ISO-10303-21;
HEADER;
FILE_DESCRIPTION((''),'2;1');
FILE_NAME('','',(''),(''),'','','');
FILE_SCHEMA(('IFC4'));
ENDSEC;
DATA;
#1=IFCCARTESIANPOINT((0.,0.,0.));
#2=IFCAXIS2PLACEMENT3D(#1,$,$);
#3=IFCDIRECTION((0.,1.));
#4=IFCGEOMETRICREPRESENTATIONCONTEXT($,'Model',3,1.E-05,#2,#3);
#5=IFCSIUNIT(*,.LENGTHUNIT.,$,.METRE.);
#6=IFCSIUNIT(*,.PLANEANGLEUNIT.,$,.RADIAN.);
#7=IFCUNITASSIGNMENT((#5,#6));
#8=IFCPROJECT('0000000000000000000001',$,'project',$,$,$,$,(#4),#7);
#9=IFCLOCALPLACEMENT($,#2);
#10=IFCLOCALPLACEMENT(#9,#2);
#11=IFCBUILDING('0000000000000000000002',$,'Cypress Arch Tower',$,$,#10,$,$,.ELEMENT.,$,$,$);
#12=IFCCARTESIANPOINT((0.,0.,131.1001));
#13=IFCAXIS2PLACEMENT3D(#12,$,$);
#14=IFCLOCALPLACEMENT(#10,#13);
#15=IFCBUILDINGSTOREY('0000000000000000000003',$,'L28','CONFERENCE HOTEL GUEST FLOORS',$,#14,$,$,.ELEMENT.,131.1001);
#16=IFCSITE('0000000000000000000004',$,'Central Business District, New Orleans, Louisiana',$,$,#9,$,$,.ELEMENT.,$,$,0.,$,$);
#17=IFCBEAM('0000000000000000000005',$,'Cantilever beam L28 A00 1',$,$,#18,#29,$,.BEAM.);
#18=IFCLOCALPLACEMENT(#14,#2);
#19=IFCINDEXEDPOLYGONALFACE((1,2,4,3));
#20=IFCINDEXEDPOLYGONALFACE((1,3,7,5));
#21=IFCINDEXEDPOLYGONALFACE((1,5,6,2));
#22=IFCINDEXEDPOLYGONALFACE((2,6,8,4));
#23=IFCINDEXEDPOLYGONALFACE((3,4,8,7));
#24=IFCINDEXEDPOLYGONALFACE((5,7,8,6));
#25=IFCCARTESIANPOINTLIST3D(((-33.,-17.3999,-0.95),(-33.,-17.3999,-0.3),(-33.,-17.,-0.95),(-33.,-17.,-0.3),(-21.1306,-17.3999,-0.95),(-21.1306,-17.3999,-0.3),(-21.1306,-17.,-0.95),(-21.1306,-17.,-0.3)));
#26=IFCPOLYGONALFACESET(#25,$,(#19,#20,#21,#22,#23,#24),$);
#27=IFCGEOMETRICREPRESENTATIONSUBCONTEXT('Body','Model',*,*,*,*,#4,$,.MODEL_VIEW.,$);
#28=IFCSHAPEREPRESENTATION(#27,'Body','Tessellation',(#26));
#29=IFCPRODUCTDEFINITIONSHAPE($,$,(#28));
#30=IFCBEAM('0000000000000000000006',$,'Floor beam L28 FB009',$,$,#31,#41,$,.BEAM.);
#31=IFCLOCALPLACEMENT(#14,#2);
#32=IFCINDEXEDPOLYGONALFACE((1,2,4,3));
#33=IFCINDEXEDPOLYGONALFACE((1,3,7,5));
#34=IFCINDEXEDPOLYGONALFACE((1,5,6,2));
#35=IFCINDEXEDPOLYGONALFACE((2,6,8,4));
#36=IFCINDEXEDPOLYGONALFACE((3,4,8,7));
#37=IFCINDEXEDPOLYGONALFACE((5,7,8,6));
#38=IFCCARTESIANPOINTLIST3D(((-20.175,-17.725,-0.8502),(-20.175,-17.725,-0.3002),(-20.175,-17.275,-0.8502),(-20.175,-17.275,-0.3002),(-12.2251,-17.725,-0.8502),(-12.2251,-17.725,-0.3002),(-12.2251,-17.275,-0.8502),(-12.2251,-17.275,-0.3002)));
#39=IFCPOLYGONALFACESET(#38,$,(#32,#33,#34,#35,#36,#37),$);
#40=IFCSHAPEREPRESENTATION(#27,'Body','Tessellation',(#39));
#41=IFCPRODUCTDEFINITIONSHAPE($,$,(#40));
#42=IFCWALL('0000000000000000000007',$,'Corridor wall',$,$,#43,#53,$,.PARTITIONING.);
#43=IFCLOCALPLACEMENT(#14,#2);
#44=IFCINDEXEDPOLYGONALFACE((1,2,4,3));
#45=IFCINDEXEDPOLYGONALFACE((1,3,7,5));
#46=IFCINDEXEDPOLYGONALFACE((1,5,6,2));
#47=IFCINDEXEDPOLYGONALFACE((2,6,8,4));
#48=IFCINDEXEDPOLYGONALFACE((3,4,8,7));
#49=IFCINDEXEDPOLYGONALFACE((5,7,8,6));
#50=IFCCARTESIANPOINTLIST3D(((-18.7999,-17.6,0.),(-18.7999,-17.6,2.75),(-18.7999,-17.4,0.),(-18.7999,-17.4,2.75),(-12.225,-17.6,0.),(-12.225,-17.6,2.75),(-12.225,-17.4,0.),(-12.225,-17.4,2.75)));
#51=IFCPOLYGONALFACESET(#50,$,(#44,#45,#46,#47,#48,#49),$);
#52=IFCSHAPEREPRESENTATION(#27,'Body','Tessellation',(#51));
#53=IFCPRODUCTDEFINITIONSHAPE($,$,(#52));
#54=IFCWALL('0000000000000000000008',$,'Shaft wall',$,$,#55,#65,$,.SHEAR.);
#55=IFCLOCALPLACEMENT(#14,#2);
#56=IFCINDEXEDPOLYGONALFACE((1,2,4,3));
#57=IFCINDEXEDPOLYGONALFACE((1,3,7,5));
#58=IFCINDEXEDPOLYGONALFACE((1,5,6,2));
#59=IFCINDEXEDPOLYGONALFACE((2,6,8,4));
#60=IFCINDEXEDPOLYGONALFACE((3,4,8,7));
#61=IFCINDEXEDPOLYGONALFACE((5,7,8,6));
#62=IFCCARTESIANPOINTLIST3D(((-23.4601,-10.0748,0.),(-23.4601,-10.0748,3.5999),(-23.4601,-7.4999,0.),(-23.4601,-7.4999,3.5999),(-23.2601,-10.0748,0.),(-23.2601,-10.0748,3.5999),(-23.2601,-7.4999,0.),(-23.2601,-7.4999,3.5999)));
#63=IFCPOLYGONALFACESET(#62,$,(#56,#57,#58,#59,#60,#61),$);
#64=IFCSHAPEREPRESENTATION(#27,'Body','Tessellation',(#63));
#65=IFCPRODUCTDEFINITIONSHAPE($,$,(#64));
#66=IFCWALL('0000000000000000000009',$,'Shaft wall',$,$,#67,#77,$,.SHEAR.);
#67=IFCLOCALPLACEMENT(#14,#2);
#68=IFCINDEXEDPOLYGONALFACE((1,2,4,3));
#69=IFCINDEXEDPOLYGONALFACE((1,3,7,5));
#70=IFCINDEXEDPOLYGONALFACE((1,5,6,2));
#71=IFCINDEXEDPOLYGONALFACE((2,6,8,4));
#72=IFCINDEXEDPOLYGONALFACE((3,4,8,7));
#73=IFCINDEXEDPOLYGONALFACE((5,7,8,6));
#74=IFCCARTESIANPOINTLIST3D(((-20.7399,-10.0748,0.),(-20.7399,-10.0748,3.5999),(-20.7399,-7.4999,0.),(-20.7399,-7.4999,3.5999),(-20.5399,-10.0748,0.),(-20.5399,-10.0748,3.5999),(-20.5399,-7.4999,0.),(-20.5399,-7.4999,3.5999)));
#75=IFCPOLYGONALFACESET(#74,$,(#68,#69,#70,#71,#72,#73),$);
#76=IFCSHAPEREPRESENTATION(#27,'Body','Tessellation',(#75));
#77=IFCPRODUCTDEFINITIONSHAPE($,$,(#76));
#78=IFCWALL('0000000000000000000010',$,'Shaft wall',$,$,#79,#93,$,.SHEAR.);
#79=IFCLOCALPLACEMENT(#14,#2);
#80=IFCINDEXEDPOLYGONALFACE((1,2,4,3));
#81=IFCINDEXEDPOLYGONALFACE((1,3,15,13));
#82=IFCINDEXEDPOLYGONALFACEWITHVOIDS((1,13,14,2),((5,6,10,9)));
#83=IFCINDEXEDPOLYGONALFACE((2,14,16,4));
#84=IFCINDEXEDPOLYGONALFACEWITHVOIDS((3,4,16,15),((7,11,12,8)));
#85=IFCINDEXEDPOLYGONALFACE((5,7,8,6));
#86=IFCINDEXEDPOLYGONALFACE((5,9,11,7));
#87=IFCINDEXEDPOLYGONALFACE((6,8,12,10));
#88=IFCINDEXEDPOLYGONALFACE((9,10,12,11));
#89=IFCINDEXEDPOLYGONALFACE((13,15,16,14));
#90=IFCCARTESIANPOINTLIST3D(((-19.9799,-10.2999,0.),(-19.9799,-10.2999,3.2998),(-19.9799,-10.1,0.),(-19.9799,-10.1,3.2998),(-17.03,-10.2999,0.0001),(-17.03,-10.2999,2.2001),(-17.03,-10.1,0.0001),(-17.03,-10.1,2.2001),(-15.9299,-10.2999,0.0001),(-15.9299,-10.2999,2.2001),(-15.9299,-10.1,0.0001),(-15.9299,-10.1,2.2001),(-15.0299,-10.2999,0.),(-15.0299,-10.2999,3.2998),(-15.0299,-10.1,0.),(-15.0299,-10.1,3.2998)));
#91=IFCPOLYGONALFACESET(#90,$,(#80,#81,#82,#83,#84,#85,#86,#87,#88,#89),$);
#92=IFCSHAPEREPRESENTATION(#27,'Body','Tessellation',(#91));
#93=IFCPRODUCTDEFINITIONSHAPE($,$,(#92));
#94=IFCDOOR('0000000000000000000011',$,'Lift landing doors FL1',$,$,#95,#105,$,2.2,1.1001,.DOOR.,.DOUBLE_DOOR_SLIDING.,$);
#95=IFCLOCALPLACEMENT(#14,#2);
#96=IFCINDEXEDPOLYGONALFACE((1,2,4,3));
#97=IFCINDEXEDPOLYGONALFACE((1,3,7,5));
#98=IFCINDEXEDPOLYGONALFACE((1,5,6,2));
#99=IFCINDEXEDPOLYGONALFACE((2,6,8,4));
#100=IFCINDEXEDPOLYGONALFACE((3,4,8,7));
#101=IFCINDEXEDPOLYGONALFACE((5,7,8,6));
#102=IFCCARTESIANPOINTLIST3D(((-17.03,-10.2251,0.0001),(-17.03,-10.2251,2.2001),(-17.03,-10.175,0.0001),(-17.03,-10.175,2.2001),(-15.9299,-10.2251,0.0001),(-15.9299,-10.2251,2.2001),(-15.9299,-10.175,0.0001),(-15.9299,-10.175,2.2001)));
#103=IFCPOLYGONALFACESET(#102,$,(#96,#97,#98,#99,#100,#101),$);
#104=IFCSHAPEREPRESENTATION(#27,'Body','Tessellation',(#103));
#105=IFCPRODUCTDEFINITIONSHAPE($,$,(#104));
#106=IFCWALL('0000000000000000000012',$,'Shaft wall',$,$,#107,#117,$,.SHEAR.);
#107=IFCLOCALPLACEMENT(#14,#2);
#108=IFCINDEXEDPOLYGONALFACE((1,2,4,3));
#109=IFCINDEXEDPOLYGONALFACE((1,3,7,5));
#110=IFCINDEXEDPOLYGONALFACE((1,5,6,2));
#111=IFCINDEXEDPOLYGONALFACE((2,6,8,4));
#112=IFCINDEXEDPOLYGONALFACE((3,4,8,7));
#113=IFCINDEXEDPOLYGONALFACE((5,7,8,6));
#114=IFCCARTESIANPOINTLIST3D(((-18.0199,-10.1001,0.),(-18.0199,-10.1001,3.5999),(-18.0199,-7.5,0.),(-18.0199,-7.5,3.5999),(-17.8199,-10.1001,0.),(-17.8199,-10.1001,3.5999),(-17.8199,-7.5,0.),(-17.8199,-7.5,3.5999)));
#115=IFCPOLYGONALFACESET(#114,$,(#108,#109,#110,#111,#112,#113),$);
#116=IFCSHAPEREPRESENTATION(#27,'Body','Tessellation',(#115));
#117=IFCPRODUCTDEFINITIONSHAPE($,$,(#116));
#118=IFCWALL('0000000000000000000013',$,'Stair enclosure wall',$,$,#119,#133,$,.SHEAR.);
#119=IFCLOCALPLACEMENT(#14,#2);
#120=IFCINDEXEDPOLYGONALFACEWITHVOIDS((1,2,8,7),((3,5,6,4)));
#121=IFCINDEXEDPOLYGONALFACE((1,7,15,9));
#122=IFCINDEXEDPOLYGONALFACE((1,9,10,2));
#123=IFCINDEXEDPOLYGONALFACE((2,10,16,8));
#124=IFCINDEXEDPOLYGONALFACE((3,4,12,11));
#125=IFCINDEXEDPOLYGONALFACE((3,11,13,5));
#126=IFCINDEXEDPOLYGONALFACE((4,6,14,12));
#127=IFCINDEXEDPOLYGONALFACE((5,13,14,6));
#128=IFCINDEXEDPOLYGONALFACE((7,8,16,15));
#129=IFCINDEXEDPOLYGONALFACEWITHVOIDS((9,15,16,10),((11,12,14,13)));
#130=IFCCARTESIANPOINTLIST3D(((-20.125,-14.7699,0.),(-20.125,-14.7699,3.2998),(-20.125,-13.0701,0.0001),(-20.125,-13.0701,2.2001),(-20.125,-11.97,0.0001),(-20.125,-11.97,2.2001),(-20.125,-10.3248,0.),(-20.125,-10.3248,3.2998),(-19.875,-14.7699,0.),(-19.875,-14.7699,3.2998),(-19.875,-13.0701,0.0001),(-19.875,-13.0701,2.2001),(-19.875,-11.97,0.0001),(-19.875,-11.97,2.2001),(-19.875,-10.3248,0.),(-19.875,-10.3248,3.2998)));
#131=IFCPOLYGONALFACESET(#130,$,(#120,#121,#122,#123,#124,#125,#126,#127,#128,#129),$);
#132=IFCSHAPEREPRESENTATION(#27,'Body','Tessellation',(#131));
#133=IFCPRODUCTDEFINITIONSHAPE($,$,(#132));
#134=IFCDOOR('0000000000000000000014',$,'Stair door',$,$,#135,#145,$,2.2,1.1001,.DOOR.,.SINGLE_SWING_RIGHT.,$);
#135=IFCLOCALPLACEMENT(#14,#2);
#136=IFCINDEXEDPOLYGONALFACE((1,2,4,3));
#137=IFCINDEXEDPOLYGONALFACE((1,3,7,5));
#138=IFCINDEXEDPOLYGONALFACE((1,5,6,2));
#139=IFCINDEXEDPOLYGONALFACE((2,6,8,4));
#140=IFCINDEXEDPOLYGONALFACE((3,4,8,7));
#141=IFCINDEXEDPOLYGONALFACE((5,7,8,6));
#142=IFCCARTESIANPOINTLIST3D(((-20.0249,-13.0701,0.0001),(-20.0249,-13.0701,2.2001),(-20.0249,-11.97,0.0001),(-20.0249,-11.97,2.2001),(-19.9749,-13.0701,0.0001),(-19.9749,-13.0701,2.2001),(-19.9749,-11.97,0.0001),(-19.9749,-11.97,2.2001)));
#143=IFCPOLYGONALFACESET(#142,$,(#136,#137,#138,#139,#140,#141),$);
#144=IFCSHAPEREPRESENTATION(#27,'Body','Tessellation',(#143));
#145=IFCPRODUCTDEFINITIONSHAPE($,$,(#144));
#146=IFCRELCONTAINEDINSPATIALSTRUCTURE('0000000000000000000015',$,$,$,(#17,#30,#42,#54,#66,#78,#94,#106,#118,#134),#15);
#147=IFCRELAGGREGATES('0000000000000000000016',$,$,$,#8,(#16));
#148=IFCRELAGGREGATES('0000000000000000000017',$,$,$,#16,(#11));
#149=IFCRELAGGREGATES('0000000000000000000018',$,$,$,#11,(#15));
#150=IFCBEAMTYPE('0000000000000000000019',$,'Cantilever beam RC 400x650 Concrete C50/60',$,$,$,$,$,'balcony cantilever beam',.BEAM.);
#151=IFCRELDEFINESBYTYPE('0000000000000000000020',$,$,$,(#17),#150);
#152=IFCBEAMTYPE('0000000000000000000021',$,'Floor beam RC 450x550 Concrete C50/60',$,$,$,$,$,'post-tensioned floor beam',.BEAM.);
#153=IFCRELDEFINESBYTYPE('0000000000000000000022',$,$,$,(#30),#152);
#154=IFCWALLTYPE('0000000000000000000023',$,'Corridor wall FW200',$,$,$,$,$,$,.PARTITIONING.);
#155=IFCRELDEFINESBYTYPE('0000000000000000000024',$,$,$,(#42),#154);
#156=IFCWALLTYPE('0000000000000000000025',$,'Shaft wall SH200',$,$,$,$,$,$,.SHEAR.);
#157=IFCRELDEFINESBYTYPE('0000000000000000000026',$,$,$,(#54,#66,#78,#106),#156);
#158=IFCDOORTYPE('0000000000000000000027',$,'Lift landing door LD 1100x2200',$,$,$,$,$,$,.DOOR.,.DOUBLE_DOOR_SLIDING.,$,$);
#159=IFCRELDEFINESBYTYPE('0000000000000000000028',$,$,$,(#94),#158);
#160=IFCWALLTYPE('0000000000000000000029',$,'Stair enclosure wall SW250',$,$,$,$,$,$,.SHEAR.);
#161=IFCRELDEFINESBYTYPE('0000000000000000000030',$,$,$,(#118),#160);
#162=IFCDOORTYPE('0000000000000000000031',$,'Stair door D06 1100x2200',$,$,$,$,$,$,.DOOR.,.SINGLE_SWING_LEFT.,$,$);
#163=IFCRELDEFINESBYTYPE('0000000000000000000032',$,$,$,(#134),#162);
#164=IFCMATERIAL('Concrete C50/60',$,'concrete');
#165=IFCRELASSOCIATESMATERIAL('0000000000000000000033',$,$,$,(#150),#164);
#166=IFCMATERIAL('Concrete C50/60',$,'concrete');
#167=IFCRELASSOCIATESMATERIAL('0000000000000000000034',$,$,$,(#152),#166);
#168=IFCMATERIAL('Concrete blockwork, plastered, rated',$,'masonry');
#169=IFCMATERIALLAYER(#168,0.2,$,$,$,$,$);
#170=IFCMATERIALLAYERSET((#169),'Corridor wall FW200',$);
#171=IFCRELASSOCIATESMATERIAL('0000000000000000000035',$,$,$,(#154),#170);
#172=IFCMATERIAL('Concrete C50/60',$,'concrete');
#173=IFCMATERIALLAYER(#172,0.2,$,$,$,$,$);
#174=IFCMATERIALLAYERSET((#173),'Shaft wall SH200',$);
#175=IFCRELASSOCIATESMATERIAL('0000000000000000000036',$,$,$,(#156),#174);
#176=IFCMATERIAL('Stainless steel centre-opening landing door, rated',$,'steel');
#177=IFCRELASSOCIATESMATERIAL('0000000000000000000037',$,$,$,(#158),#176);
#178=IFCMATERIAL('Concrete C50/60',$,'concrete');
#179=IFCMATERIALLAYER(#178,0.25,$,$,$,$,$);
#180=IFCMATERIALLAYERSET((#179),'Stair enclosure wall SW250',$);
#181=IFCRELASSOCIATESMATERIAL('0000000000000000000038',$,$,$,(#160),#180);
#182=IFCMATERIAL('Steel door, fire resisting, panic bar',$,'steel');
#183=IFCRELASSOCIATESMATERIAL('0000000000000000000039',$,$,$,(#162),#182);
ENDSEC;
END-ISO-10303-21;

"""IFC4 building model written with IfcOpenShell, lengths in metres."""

from ifc_helpers import new_model, si_unit, direction, frame, frame_2d, origin, origin_2d, place, context, subcontext, project, spatial, rectangle, extrude, material, layer, layer_set, material_profile, profile_set, type_object, element, fill, save


model = new_model("IFC4")

# Units and contexts
model_context = context("Model", 3, precision=1e-05, world=origin(), true_north=direction((0.0, 1.0)))
body_context = subcontext(model_context, "Body", "Model", "MODEL_VIEW")
ifc_project = project(units=[si_unit("LENGTHUNIT", "METRE"), si_unit("PLANEANGLEUNIT", "RADIAN")], contexts=[model_context])

# Site, building, storey
site_placement = place(None, origin())
site = spatial("IfcSite", under=ifc_project, at=site_placement, Name="Central Business District, New Orleans, Louisiana", CompositionType="ELEMENT", RefElevation=0.0)
building_placement = place(site_placement, origin())
building = spatial("IfcBuilding", under=site, at=building_placement, Name="Cypress Arch Tower", CompositionType="ELEMENT")
storey_placement = place(building_placement, frame((0.0, 0.0, 131.1001)))
storey = spatial("IfcBuildingStorey", under=building, at=storey_placement, Name="L28", Description="CONFERENCE HOTEL GUEST FLOORS", CompositionType="ELEMENT", Elevation=131.1001)

# Beams
ifc_material_1 = material(Name="Concrete C50/60", Category="concrete")
ifc_material_profile_1 = material_profile(ifc_material_1, rectangle(XDim=0.3999, YDim=0.6499, at=origin_2d()), Name="RC 400x650")
ifc_profile_set_1 = profile_set([ifc_material_profile_1], Name="Concrete C50/60")
beam_type_1 = type_object("IfcBeamType", Name="Cantilever beam RC 400x650 Concrete C50/60", ElementType="balcony cantilever beam", PredefinedType="BEAM", material=ifc_profile_set_1)
beam_1_placement = place(storey_placement, frame((-21.1306, -17.2, -0.625), z_axis=(-1.0, 0.0, 0.0), x_axis=(0.0, -1.0, 0.0)))
element("IfcBeam", 1, at=beam_1_placement, inside=storey, type_object=beam_type_1, Name="Cantilever beam L28 A00 1", PredefinedType="BEAM", context=body_context, shape_type="SweptSolid", body=[
    extrude(rectangle(XDim=0.3999, YDim=0.6499, at=origin_2d()), origin(), (0.0, 0.0, 1.0), 11.8694),
])
ifc_material_2 = material(Name="Concrete C50/60", Category="concrete")
ifc_material_profile_2 = material_profile(ifc_material_2, rectangle(XDim=0.45, YDim=0.55, at=origin_2d()), Name="RC 450x550")
ifc_profile_set_2 = profile_set([ifc_material_profile_2], Name="Concrete C50/60")
beam_type_2 = type_object("IfcBeamType", Name="Floor beam RC 450x550 Concrete C50/60", ElementType="post-tensioned floor beam", PredefinedType="BEAM", material=ifc_profile_set_2)
beam_2_placement = place(storey_placement, frame((-20.175, -17.5, -0.5752), z_axis=(1.0, 0.0, 0.0), x_axis=(0.0, 1.0, 0.0)))
element("IfcBeam", 2, at=beam_2_placement, inside=storey, type_object=beam_type_2, Name="Floor beam L28 FB009", PredefinedType="BEAM", context=body_context, shape_type="SweptSolid", body=[
    extrude(rectangle(XDim=0.45, YDim=0.55, at=origin_2d()), origin(), (0.0, 0.0, 1.0), 7.95),
])

# Walls
ifc_material_3 = material(Name="Concrete blockwork, plastered, rated", Category="masonry")
ifc_layer_1 = layer(ifc_material_3, 0.2)
ifc_layer_set_1 = layer_set([ifc_layer_1], Name="Corridor wall FW200")
wall_type_1 = type_object("IfcWallType", Name="Corridor wall FW200", PredefinedType="PARTITIONING", material=ifc_layer_set_1)
wall_1_placement = place(storey_placement, frame((-18.8, -17.5, 0.0), z_axis=(0.0, 0.0, 1.0), x_axis=(1.0, 0.0, 0.0)))
element("IfcWall", 3, at=wall_1_placement, inside=storey, type_object=wall_type_1, Name="Corridor wall", PredefinedType="PARTITIONING", context=body_context, shape_type="SweptSolid", body=[
    extrude(rectangle(XDim=6.575, YDim=0.2, at=frame_2d((3.2876, 0.0))), origin(), (0.0, 0.0, 1.0), 2.75),
])
ifc_material_4 = material(Name="Concrete C50/60", Category="concrete")
ifc_layer_2 = layer(ifc_material_4, 0.2)
ifc_layer_set_2 = layer_set([ifc_layer_2], Name="Shaft wall SH200")
wall_type_2 = type_object("IfcWallType", Name="Shaft wall SH200", PredefinedType="SHEAR", material=ifc_layer_set_2)
for number, where, z_axis, x_axis, name in (
    (4, (-23.3601, -10.075, 0.0), (0.0, 0.0, 1.0), (0.0, 1.0, 0.0), "Shaft wall"),
    (5, (-20.6399, -10.075, 0.0), (0.0, 0.0, 1.0), (0.0, 1.0, 0.0), "Shaft wall"),
):
    element("IfcWall", number, at=place(storey_placement, frame(where, z_axis=z_axis, x_axis=x_axis)), inside=storey, type_object=wall_type_2, Name=name, PredefinedType="SHEAR", context=body_context, shape_type="SweptSolid", body=[
        extrude(rectangle(XDim=2.575, YDim=0.2, at=frame_2d((1.2876, 0.0))), origin(), (0.0, 0.0, 1.0), 3.5999),
    ])

# Wall, opening, door
wall_2_placement = place(storey_placement, frame((-19.98, -10.2, 0.0), z_axis=(0.0, 0.0, 1.0), x_axis=(1.0, 0.0, 0.0)))
wall_2 = element("IfcWall", 6, at=wall_2_placement, inside=storey, type_object=wall_type_2, Name="Shaft wall", PredefinedType="SHEAR", context=body_context, shape_type="SweptSolid", body=[
    extrude(rectangle(XDim=4.95, YDim=0.2, at=frame_2d((2.4751, 0.0))), origin(), (0.0, 0.0, 1.0), 3.2998),
])
opening_1_placement = place(wall_2_placement, frame((2.95, 0.0, 0.0)))
opening_1 = element("IfcOpeningElement", 7, at=opening_1_placement, cuts=wall_2, PredefinedType="OPENING", context=body_context, shape_type="SweptSolid", body=[
    extrude(rectangle(XDim=1.1001, YDim=2.2, at=frame_2d((0.55, 1.1001))), frame((0.0, 0.1099, 0.0), z_axis=(0.0, -1.0, 0.0), x_axis=(1.0, 0.0, 0.0)), (0.0, 0.0, 1.0), 0.22),
])
ifc_material_5 = material(Name="Stainless steel centre-opening landing door, rated", Category="steel")
door_type_1 = type_object("IfcDoorType", Name="Lift landing door LD 1100x2200", OperationType="DOUBLE_DOOR_SLIDING", PredefinedType="DOOR", material=ifc_material_5)
door_1_placement = place(opening_1_placement, origin())
door_1 = element("IfcDoor", 8, at=door_1_placement, inside=storey, type_object=door_type_1, Name="Lift landing doors FL1", OperationType="DOUBLE_DOOR_SLIDING", OverallHeight=2.2, OverallWidth=1.1001, PredefinedType="DOOR", context=body_context, shape_type="SweptSolid", body=[
    extrude(rectangle(XDim=1.1001, YDim=2.2, at=frame_2d((0.55, 1.1001))), frame((0.0, 0.0249, 0.0), z_axis=(0.0, -1.0, 0.0), x_axis=(1.0, 0.0, 0.0)), (0.0, 0.0, 1.0), 0.05),
])
fill(opening_1, door_1)

# Wall
wall_3_placement = place(storey_placement, frame((-17.9199, -10.1001, 0.0), z_axis=(0.0, 0.0, 1.0), x_axis=(0.0, 1.0, 0.0)))
element("IfcWall", 9, at=wall_3_placement, inside=storey, type_object=wall_type_2, Name="Shaft wall", PredefinedType="SHEAR", context=body_context, shape_type="SweptSolid", body=[
    extrude(rectangle(XDim=2.6001, YDim=0.2, at=frame_2d((1.3, 0.0))), origin(), (0.0, 0.0, 1.0), 3.5999),
])

# Wall, opening, door
ifc_material_6 = material(Name="Concrete C50/60", Category="concrete")
ifc_layer_3 = layer(ifc_material_6, 0.25)
ifc_layer_set_3 = layer_set([ifc_layer_3], Name="Stair enclosure wall SW250")
wall_type_3 = type_object("IfcWallType", Name="Stair enclosure wall SW250", PredefinedType="SHEAR", material=ifc_layer_set_3)
wall_4_placement = place(storey_placement, frame((-20.0, -14.77, 0.0), z_axis=(0.0, 0.0, 1.0), x_axis=(0.0, 1.0, 0.0)))
wall_4 = element("IfcWall", 10, at=wall_4_placement, inside=storey, type_object=wall_type_3, Name="Stair enclosure wall", PredefinedType="SHEAR", context=body_context, shape_type="SweptSolid", body=[
    extrude(rectangle(XDim=4.4451, YDim=0.25, at=frame_2d((2.2227, 0.0))), origin(), (0.0, 0.0, 1.0), 3.2998),
])
opening_2_placement = place(wall_4_placement, frame((1.7, 0.0, 0.0)))
opening_2 = element("IfcOpeningElement", 11, at=opening_2_placement, cuts=wall_4, PredefinedType="OPENING", context=body_context, shape_type="SweptSolid", body=[
    extrude(rectangle(XDim=1.1001, YDim=2.2, at=frame_2d((0.55, 1.1001))), frame((0.0, 0.135, 0.0), z_axis=(0.0, -1.0, 0.0), x_axis=(1.0, 0.0, 0.0)), (0.0, 0.0, 1.0), 0.27),
])
ifc_material_7 = material(Name="Steel door, fire resisting, panic bar", Category="steel")
door_type_2 = type_object("IfcDoorType", Name="Stair door D06 1100x2200", OperationType="SINGLE_SWING_LEFT", PredefinedType="DOOR", material=ifc_material_7)
door_2_placement = place(opening_2_placement, origin())
door_2 = element("IfcDoor", 12, at=door_2_placement, inside=storey, type_object=door_type_2, Name="Stair door", OperationType="SINGLE_SWING_RIGHT", OverallHeight=2.2, OverallWidth=1.1001, PredefinedType="DOOR", context=body_context, shape_type="SweptSolid", body=[
    extrude(rectangle(XDim=1.1001, YDim=2.2, at=frame_2d((0.55, 1.1001))), frame((0.0, 0.0249, 0.0), z_axis=(0.0, -1.0, 0.0), x_axis=(1.0, 0.0, 0.0)), (0.0, 0.0, 1.0), 0.05),
])
fill(opening_2, door_2)

save(model, "model.ifc")
